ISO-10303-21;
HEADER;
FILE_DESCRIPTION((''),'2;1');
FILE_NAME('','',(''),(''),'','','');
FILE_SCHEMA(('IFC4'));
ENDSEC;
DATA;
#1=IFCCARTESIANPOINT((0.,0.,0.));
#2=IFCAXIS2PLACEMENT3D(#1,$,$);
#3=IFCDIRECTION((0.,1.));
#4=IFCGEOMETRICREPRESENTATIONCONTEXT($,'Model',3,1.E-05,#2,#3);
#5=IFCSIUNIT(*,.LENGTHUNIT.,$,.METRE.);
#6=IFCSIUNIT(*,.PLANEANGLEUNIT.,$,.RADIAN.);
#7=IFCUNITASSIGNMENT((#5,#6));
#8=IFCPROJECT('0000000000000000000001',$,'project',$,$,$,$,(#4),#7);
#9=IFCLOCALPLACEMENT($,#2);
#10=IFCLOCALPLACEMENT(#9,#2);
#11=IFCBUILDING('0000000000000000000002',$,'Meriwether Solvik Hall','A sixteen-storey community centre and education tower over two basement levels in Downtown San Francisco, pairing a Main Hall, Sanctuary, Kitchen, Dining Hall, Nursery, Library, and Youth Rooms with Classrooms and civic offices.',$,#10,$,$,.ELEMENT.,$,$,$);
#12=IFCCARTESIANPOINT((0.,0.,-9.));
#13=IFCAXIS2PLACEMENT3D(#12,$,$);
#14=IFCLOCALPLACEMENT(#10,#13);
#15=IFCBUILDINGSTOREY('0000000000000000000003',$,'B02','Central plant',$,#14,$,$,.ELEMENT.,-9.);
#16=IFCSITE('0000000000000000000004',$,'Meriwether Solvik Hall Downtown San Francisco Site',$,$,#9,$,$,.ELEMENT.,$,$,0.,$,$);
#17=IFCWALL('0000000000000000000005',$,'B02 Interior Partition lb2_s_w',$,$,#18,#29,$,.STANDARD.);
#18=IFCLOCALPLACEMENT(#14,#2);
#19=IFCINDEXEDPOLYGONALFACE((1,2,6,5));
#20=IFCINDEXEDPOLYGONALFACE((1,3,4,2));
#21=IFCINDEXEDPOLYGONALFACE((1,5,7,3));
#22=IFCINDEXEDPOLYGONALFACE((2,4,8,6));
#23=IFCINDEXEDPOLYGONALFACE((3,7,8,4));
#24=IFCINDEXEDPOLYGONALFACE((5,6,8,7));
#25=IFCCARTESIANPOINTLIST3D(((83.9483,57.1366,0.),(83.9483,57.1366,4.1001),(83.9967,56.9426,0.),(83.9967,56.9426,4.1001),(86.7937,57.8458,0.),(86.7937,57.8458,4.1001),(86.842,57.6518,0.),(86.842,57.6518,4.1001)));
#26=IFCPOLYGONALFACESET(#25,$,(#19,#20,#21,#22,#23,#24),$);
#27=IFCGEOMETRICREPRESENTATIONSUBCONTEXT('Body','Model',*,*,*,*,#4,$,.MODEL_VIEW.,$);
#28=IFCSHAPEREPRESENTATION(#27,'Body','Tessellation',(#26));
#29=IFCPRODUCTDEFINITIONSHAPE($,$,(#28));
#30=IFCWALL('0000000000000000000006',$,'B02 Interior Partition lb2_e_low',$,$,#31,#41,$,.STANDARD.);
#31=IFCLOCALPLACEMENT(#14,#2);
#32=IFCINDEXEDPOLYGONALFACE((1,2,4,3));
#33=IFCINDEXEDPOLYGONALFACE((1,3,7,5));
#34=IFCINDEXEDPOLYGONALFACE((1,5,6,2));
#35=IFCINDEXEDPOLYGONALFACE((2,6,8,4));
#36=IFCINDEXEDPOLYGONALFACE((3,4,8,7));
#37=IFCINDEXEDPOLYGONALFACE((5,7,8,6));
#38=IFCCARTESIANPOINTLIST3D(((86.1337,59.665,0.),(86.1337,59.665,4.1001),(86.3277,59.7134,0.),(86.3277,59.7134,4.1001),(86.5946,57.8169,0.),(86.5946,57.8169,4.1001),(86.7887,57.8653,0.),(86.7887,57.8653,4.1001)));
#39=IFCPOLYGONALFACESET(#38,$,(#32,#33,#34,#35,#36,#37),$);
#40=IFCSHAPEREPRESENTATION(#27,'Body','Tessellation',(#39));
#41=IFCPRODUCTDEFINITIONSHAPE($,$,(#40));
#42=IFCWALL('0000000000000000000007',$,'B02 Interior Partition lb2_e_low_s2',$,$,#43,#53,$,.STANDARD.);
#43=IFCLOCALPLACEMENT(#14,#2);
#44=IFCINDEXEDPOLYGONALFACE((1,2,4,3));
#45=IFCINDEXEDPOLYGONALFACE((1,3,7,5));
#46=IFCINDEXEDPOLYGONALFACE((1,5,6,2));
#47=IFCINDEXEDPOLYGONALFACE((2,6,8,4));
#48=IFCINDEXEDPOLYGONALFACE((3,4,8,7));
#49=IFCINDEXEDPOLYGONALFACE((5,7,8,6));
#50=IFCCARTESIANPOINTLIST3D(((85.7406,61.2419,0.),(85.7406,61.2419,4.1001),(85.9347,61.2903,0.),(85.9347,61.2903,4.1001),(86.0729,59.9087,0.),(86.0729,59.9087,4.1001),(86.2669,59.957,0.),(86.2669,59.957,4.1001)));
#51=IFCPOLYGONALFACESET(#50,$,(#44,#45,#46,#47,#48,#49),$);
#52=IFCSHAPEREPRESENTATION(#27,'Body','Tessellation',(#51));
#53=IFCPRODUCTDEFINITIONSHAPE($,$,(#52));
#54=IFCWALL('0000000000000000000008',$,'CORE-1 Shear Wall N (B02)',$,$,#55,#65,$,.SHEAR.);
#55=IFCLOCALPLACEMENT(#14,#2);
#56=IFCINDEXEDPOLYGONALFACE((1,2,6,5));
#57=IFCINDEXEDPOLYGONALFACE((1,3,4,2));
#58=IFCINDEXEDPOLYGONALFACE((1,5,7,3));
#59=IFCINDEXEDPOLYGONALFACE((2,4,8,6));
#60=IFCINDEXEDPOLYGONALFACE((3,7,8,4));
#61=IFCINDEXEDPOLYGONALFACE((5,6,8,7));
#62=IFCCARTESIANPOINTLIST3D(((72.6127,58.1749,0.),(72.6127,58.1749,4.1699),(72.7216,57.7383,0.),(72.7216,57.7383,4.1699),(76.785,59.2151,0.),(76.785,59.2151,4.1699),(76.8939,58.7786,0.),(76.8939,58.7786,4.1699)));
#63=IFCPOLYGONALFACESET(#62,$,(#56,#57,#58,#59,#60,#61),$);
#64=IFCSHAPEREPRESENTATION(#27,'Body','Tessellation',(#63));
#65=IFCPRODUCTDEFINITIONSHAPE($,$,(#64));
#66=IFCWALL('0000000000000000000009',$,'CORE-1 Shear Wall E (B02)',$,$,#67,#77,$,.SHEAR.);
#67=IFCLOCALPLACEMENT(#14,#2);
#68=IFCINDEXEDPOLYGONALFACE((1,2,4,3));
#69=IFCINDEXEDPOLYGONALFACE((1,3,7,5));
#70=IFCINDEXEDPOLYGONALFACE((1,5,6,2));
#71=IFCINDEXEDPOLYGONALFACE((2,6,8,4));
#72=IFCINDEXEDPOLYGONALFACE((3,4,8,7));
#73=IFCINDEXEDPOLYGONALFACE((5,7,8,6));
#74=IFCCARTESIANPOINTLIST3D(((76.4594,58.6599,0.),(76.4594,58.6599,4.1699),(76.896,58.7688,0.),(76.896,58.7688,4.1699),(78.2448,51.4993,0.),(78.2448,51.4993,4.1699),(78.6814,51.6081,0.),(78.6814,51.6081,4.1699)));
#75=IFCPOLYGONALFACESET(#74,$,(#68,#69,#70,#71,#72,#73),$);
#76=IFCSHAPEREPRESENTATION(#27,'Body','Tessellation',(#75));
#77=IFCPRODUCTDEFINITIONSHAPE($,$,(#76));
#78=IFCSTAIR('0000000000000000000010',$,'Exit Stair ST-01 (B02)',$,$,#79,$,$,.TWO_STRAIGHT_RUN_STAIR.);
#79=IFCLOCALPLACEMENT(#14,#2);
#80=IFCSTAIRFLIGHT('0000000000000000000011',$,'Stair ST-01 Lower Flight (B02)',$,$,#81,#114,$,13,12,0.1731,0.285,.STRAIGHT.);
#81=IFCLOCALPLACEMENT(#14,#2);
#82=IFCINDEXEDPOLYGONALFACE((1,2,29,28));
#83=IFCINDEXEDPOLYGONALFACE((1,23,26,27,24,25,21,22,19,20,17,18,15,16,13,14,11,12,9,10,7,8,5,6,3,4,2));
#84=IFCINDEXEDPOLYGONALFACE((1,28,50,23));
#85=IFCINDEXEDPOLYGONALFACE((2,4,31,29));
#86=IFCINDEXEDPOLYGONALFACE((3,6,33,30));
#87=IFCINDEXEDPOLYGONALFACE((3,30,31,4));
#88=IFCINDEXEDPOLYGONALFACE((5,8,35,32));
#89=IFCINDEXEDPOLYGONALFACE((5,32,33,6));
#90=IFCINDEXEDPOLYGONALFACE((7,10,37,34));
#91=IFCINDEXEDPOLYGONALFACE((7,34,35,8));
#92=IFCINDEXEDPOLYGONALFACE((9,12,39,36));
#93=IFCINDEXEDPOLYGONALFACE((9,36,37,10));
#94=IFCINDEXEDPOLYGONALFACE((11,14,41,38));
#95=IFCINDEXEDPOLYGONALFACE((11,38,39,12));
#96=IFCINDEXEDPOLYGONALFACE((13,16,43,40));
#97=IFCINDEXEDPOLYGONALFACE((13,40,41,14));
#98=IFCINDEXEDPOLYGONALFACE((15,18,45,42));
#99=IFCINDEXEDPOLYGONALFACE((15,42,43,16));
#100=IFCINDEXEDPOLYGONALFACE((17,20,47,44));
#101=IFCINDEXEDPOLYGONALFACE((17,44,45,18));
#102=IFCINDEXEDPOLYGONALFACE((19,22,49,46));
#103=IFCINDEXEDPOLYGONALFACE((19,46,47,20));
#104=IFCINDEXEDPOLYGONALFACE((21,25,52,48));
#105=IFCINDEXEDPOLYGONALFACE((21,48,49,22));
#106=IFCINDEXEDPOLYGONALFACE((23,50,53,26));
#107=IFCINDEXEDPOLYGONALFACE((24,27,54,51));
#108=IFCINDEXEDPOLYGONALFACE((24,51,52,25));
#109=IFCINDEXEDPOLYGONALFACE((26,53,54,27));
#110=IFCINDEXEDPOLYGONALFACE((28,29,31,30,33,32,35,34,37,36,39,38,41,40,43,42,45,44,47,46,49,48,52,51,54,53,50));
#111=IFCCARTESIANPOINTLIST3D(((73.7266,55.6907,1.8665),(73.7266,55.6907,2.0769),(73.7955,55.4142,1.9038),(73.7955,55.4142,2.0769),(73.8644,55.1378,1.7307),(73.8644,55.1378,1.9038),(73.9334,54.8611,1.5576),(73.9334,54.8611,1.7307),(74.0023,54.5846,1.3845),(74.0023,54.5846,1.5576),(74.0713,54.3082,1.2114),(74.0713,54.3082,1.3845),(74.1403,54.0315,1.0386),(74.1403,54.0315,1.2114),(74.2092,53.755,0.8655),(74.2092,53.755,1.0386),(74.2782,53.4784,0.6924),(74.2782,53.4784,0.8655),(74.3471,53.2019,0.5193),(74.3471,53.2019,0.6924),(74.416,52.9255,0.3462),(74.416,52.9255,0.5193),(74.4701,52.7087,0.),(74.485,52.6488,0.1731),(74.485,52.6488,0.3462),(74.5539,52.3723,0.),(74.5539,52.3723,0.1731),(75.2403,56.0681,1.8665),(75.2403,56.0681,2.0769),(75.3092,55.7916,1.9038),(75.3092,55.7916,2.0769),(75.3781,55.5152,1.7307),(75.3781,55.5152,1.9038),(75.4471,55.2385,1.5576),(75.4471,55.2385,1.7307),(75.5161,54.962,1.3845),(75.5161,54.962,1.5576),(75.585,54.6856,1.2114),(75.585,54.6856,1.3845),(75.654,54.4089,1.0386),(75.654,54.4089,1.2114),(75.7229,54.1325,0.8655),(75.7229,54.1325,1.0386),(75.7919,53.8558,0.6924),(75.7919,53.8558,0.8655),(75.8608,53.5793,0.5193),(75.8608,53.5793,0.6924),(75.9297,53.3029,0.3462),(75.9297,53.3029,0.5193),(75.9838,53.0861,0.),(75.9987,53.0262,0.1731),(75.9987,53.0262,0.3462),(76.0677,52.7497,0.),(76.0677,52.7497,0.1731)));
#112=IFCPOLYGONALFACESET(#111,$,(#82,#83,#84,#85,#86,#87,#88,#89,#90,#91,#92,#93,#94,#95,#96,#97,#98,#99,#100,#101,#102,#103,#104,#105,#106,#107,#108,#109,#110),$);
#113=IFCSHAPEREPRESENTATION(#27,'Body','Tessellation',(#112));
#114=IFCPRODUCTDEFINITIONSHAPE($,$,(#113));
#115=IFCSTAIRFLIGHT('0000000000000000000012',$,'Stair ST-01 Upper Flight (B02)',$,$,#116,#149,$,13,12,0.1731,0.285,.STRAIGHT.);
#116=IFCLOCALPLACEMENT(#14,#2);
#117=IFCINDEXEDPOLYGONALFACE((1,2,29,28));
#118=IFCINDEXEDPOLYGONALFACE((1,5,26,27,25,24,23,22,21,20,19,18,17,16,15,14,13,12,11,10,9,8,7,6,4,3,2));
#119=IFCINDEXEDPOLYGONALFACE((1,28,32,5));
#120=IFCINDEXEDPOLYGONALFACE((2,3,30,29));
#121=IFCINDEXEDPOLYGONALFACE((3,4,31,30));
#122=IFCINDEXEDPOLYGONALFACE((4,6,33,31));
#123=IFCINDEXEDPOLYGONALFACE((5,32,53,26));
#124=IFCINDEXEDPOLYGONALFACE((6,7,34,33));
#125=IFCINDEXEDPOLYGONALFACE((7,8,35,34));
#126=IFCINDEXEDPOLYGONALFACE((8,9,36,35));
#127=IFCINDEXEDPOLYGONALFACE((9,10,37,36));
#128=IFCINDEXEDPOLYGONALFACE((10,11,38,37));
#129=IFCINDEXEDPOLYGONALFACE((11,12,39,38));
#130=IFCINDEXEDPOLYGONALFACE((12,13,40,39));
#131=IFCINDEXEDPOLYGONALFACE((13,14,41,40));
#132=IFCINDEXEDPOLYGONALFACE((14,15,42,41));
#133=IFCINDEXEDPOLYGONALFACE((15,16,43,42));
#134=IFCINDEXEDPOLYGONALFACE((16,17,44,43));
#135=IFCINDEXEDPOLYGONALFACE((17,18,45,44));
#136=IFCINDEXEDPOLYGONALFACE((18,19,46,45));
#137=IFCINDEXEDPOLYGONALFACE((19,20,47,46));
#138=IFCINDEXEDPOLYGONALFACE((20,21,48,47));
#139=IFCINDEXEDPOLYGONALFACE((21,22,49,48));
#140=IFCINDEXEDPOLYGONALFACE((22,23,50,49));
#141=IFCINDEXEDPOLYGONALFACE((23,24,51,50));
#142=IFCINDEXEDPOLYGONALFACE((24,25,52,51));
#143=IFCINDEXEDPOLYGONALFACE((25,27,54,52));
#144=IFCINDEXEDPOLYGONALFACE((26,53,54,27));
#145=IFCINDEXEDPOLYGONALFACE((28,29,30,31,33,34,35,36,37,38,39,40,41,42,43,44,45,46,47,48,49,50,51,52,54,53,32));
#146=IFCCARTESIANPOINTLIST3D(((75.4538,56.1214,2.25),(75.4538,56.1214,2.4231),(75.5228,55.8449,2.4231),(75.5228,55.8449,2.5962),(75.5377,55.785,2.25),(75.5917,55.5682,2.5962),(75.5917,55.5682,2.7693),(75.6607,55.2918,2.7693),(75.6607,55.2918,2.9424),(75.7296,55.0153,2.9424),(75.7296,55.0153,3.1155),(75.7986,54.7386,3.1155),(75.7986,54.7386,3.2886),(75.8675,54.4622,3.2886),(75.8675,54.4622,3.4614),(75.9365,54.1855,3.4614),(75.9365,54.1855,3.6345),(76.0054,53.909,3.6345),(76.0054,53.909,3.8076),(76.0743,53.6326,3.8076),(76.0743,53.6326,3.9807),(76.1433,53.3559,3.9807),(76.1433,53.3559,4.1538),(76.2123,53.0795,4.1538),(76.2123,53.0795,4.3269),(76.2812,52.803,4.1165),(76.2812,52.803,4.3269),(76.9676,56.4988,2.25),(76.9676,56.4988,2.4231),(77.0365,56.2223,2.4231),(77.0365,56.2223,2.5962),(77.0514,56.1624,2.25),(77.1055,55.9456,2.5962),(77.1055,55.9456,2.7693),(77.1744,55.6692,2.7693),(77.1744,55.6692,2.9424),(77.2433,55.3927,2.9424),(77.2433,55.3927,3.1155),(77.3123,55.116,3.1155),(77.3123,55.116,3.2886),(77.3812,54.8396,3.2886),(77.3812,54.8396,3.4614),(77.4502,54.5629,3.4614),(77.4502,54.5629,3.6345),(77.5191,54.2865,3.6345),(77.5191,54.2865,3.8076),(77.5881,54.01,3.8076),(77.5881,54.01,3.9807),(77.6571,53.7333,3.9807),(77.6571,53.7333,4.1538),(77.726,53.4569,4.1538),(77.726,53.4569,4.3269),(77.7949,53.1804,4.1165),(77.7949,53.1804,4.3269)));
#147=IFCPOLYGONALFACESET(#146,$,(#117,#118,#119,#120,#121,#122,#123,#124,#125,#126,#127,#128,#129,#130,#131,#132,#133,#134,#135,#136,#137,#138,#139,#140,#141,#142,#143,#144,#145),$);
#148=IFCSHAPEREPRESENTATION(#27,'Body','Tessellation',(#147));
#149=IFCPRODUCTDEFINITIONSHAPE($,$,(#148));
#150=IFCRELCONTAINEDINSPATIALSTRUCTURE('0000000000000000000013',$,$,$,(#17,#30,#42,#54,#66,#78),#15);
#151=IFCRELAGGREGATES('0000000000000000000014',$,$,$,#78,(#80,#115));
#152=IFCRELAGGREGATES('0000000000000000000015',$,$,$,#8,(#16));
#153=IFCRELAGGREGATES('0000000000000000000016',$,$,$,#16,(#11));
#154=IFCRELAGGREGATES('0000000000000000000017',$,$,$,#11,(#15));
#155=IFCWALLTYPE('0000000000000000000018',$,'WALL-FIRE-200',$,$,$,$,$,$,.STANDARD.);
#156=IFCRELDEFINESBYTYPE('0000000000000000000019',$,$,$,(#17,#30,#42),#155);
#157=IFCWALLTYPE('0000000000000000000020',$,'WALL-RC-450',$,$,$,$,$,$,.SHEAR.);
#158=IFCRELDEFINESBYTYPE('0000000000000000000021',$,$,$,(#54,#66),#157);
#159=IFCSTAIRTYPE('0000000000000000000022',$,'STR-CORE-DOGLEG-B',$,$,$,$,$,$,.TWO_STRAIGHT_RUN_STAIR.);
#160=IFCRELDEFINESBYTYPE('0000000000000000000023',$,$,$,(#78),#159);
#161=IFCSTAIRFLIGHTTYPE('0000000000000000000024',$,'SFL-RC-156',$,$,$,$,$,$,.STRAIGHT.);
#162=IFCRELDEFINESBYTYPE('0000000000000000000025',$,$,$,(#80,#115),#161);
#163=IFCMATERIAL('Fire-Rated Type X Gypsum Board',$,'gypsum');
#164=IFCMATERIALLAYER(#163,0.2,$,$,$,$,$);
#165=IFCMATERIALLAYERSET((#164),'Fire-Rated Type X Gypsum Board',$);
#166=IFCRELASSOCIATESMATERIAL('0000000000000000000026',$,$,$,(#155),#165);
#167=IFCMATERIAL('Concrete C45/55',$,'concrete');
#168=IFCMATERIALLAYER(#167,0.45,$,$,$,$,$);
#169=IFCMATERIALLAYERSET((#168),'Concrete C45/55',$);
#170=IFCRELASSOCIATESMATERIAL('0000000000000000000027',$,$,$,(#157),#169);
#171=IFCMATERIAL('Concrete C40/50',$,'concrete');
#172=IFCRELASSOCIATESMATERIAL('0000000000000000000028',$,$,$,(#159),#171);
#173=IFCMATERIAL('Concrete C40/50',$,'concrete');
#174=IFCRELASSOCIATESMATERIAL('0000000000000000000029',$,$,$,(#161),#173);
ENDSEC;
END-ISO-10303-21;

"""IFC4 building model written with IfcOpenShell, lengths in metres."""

from ifc_helpers import new_model, si_unit, direction, frame, frame_2d, origin, place, context, subcontext, project, spatial, polyline, rectangle, outline, extrude, material, layer, layer_set, type_object, element, aggregate, save


model = new_model("IFC4")

# Units and contexts
model_context = context("Model", 3, precision=1e-05, world=origin(), true_north=direction((0.0, 1.0)))
body_context = subcontext(model_context, "Body", "Model", "MODEL_VIEW")
ifc_project = project(units=[si_unit("LENGTHUNIT", "METRE"), si_unit("PLANEANGLEUNIT", "RADIAN")], contexts=[model_context])

# Site, building, storey
site_placement = place(None, origin())
site = spatial("IfcSite", under=ifc_project, at=site_placement, Name="Meriwether Solvik Hall Downtown San Francisco Site", CompositionType="ELEMENT", RefElevation=0.0)
building_placement = place(site_placement, origin())
building = spatial("IfcBuilding", under=site, at=building_placement, Name="Meriwether Solvik Hall", Description="A sixteen-storey community centre and education tower over two basement levels in Downtown San Francisco, pairing a Main Hall, Sanctuary, Kitchen, Dining Hall, Nursery, Library, and Youth Rooms with Classrooms and civic offices.", CompositionType="ELEMENT")
storey_placement = place(building_placement, frame((0.0, 0.0, -9.0)))
storey = spatial("IfcBuildingStorey", under=building, at=storey_placement, Name="B02", Description="Central plant", CompositionType="ELEMENT", Elevation=-9.0)

# Walls
ifc_material_1 = material(Name="Fire-Rated Type X Gypsum Board", Category="gypsum")
ifc_layer_1 = layer(ifc_material_1, 0.2)
ifc_layer_set_1 = layer_set([ifc_layer_1], Name="Fire-Rated Type X Gypsum Board")
wall_type_1 = type_object("IfcWallType", Name="WALL-FIRE-200", PredefinedType="STANDARD", material=ifc_layer_set_1)
wall_1_placement = place(storey_placement, frame((83.9724, 57.0396, 0.0), z_axis=(0.0, 0.0, 1.0), x_axis=(0.970309, 0.241869, 0.0)))
element("IfcWall", 1, at=wall_1_placement, inside=storey, type_object=wall_type_1, Name="B02 Interior Partition lb2_s_w", PredefinedType="STANDARD", context=body_context, shape_type="SweptSolid", body=[
    extrude(rectangle(XDim=2.9324, YDim=0.2, at=frame_2d((1.4663, 0.0))), origin(), (0.0, 0.0, 1.0), 4.1001),
])
wall_2_placement = place(storey_placement, frame((86.6917, 57.8411, 0.0), z_axis=(0.0, 0.0, 1.0), x_axis=(-0.241993, 0.970278, 0.0)))
element("IfcWall", 2, at=wall_2_placement, inside=storey, type_object=wall_type_1, Name="B02 Interior Partition lb2_e_low", PredefinedType="STANDARD", context=body_context, shape_type="SweptSolid", body=[
    extrude(rectangle(XDim=1.9048, YDim=0.2, at=frame_2d((0.9524, 0.0))), origin(), (0.0, 0.0, 1.0), 4.1001),
])
wall_3_placement = place(storey_placement, frame((86.1699, 59.9329, 0.0), z_axis=(0.0, 0.0, 1.0), x_axis=(-0.241825, 0.97032, 0.0)))
element("IfcWall", 3, at=wall_3_placement, inside=storey, type_object=wall_type_1, Name="B02 Interior Partition lb2_e_low_s2", PredefinedType="STANDARD", context=body_context, shape_type="SweptSolid", body=[
    extrude(rectangle(XDim=1.374, YDim=0.2, at=frame_2d((0.687, 0.0))), origin(), (0.0, 0.0, 1.0), 4.1001),
])
ifc_material_2 = material(Name="Concrete C45/55", Category="concrete")
ifc_layer_2 = layer(ifc_material_2, 0.45)
ifc_layer_set_2 = layer_set([ifc_layer_2], Name="Concrete C45/55")
wall_type_2 = type_object("IfcWallType", Name="WALL-RC-450", PredefinedType="SHEAR", material=ifc_layer_set_2)
wall_4_placement = place(storey_placement, frame((76.8394, 58.9968, 0.0), z_axis=(0.0, 0.0, 1.0), x_axis=(-0.970296, -0.241921, 0.0)))
element("IfcWall", 4, at=wall_4_placement, inside=storey, type_object=wall_type_2, Name="CORE-1 Shear Wall N (B02)", PredefinedType="SHEAR", context=body_context, shape_type="SweptSolid", body=[
    extrude(rectangle(XDim=4.3, YDim=0.45, at=frame_2d((2.1499, 0.0))), origin(), (0.0, 0.0, 1.0), 4.1699),
])
wall_5_placement = place(storey_placement, frame((78.4631, 51.5537, 0.0), z_axis=(0.0, 0.0, 1.0), x_axis=(-0.241928, 0.970294, 0.0)))
element("IfcWall", 5, at=wall_5_placement, inside=storey, type_object=wall_type_2, Name="CORE-1 Shear Wall E (B02)", PredefinedType="SHEAR", context=body_context, shape_type="SweptSolid", body=[
    extrude(rectangle(XDim=7.3799, YDim=0.45, at=frame_2d((3.6899, 0.0))), origin(), (0.0, 0.0, 1.0), 4.1699),
])

# Stair, stair flights
ifc_material_3 = material(Name="Concrete C40/50", Category="concrete")
stair_type = type_object("IfcStairType", Name="STR-CORE-DOGLEG-B", PredefinedType="TWO_STRAIGHT_RUN_STAIR", material=ifc_material_3)
stair_placement = place(storey_placement, origin())
stair = element("IfcStair", 6, at=stair_placement, inside=storey, type_object=stair_type, Name="Exit Stair ST-01 (B02)", PredefinedType="TWO_STRAIGHT_RUN_STAIR")
ifc_material_4 = material(Name="Concrete C40/50", Category="concrete")
stair_flight_type = type_object("IfcStairFlightType", Name="SFL-RC-156", PredefinedType="STRAIGHT", material=ifc_material_4)
stair_flight_1_placement = place(storey_placement, frame((75.3108, 52.561, 0.0), z_axis=(0.0, 0.0, 1.0), x_axis=(-0.241922, 0.970296, 0.0)))
stair_flight_1 = element("IfcStairFlight", 7, at=stair_flight_1_placement, type_object=stair_flight_type, Name="Stair ST-01 Lower Flight (B02)", NumberOfRisers=13, NumberOfTreads=12, PredefinedType="STRAIGHT", RiserHeight=0.1731, TreadLength=0.285, context=body_context, shape_type="SweptSolid", body=[
    extrude(outline(polyline([(0.0, 0.0), (0.0, 0.1731), (0.2849, 0.1731), (0.2849, 0.3462), (0.5701, 0.3462), (0.5701, 0.5193), (0.855, 0.5193), (0.855, 0.6924), (1.1399, 0.6924), (1.1399, 0.8655), (1.425, 0.8655), (1.425, 1.0386), (1.71, 1.0386), (1.71, 1.2114), (1.9951, 1.2114), (1.9951, 1.3845), (2.28, 1.3845), (2.28, 1.5576), (2.5649, 1.5576), (2.5649, 1.7307), (2.8501, 1.7307), (2.8501, 1.9038), (3.135, 1.9038), (3.135, 2.0769), (3.4199, 2.0769), (3.4199, 2.25), (3.4199, 1.8665), (0.3467, 0.0), (0.0, 0.0)])), frame((0.0, 0.78, 0.0), z_axis=(0.0, -1.0, 0.0), x_axis=(1.0, 0.0, 0.0)), (0.0, 0.0, 1.0), 1.5601),
])
stair_flight_2_placement = place(storey_placement, frame((76.2107, 56.3101, 2.25), z_axis=(0.0, 0.0, 1.0), x_axis=(0.241922, -0.970296, 0.0)))
stair_flight_2 = element("IfcStairFlight", 8, at=stair_flight_2_placement, type_object=stair_flight_type, Name="Stair ST-01 Upper Flight (B02)", NumberOfRisers=13, NumberOfTreads=12, PredefinedType="STRAIGHT", RiserHeight=0.1731, TreadLength=0.285, context=body_context, shape_type="SweptSolid", body=[
    extrude(outline(polyline([(0.0, 0.0), (0.0, 0.1731), (0.2849, 0.1731), (0.2849, 0.3462), (0.5701, 0.3462), (0.5701, 0.5193), (0.855, 0.5193), (0.855, 0.6924), (1.1399, 0.6924), (1.1399, 0.8655), (1.425, 0.8655), (1.425, 1.0386), (1.71, 1.0386), (1.71, 1.2114), (1.9951, 1.2114), (1.9951, 1.3845), (2.28, 1.3845), (2.28, 1.5576), (2.5649, 1.5576), (2.5649, 1.7307), (2.8501, 1.7307), (2.8501, 1.9038), (3.135, 1.9038), (3.135, 2.0769), (3.4199, 2.0769), (3.4199, 2.25), (3.4199, 1.8665), (0.3467, 0.0), (0.0, 0.0)])), frame((0.0, 0.78, 0.0), z_axis=(0.0, -1.0, 0.0), x_axis=(1.0, 0.0, 0.0)), (0.0, 0.0, 1.0), 1.5601),
])
aggregate(stair, [stair_flight_1, stair_flight_2])

save(model, "model.ifc")
